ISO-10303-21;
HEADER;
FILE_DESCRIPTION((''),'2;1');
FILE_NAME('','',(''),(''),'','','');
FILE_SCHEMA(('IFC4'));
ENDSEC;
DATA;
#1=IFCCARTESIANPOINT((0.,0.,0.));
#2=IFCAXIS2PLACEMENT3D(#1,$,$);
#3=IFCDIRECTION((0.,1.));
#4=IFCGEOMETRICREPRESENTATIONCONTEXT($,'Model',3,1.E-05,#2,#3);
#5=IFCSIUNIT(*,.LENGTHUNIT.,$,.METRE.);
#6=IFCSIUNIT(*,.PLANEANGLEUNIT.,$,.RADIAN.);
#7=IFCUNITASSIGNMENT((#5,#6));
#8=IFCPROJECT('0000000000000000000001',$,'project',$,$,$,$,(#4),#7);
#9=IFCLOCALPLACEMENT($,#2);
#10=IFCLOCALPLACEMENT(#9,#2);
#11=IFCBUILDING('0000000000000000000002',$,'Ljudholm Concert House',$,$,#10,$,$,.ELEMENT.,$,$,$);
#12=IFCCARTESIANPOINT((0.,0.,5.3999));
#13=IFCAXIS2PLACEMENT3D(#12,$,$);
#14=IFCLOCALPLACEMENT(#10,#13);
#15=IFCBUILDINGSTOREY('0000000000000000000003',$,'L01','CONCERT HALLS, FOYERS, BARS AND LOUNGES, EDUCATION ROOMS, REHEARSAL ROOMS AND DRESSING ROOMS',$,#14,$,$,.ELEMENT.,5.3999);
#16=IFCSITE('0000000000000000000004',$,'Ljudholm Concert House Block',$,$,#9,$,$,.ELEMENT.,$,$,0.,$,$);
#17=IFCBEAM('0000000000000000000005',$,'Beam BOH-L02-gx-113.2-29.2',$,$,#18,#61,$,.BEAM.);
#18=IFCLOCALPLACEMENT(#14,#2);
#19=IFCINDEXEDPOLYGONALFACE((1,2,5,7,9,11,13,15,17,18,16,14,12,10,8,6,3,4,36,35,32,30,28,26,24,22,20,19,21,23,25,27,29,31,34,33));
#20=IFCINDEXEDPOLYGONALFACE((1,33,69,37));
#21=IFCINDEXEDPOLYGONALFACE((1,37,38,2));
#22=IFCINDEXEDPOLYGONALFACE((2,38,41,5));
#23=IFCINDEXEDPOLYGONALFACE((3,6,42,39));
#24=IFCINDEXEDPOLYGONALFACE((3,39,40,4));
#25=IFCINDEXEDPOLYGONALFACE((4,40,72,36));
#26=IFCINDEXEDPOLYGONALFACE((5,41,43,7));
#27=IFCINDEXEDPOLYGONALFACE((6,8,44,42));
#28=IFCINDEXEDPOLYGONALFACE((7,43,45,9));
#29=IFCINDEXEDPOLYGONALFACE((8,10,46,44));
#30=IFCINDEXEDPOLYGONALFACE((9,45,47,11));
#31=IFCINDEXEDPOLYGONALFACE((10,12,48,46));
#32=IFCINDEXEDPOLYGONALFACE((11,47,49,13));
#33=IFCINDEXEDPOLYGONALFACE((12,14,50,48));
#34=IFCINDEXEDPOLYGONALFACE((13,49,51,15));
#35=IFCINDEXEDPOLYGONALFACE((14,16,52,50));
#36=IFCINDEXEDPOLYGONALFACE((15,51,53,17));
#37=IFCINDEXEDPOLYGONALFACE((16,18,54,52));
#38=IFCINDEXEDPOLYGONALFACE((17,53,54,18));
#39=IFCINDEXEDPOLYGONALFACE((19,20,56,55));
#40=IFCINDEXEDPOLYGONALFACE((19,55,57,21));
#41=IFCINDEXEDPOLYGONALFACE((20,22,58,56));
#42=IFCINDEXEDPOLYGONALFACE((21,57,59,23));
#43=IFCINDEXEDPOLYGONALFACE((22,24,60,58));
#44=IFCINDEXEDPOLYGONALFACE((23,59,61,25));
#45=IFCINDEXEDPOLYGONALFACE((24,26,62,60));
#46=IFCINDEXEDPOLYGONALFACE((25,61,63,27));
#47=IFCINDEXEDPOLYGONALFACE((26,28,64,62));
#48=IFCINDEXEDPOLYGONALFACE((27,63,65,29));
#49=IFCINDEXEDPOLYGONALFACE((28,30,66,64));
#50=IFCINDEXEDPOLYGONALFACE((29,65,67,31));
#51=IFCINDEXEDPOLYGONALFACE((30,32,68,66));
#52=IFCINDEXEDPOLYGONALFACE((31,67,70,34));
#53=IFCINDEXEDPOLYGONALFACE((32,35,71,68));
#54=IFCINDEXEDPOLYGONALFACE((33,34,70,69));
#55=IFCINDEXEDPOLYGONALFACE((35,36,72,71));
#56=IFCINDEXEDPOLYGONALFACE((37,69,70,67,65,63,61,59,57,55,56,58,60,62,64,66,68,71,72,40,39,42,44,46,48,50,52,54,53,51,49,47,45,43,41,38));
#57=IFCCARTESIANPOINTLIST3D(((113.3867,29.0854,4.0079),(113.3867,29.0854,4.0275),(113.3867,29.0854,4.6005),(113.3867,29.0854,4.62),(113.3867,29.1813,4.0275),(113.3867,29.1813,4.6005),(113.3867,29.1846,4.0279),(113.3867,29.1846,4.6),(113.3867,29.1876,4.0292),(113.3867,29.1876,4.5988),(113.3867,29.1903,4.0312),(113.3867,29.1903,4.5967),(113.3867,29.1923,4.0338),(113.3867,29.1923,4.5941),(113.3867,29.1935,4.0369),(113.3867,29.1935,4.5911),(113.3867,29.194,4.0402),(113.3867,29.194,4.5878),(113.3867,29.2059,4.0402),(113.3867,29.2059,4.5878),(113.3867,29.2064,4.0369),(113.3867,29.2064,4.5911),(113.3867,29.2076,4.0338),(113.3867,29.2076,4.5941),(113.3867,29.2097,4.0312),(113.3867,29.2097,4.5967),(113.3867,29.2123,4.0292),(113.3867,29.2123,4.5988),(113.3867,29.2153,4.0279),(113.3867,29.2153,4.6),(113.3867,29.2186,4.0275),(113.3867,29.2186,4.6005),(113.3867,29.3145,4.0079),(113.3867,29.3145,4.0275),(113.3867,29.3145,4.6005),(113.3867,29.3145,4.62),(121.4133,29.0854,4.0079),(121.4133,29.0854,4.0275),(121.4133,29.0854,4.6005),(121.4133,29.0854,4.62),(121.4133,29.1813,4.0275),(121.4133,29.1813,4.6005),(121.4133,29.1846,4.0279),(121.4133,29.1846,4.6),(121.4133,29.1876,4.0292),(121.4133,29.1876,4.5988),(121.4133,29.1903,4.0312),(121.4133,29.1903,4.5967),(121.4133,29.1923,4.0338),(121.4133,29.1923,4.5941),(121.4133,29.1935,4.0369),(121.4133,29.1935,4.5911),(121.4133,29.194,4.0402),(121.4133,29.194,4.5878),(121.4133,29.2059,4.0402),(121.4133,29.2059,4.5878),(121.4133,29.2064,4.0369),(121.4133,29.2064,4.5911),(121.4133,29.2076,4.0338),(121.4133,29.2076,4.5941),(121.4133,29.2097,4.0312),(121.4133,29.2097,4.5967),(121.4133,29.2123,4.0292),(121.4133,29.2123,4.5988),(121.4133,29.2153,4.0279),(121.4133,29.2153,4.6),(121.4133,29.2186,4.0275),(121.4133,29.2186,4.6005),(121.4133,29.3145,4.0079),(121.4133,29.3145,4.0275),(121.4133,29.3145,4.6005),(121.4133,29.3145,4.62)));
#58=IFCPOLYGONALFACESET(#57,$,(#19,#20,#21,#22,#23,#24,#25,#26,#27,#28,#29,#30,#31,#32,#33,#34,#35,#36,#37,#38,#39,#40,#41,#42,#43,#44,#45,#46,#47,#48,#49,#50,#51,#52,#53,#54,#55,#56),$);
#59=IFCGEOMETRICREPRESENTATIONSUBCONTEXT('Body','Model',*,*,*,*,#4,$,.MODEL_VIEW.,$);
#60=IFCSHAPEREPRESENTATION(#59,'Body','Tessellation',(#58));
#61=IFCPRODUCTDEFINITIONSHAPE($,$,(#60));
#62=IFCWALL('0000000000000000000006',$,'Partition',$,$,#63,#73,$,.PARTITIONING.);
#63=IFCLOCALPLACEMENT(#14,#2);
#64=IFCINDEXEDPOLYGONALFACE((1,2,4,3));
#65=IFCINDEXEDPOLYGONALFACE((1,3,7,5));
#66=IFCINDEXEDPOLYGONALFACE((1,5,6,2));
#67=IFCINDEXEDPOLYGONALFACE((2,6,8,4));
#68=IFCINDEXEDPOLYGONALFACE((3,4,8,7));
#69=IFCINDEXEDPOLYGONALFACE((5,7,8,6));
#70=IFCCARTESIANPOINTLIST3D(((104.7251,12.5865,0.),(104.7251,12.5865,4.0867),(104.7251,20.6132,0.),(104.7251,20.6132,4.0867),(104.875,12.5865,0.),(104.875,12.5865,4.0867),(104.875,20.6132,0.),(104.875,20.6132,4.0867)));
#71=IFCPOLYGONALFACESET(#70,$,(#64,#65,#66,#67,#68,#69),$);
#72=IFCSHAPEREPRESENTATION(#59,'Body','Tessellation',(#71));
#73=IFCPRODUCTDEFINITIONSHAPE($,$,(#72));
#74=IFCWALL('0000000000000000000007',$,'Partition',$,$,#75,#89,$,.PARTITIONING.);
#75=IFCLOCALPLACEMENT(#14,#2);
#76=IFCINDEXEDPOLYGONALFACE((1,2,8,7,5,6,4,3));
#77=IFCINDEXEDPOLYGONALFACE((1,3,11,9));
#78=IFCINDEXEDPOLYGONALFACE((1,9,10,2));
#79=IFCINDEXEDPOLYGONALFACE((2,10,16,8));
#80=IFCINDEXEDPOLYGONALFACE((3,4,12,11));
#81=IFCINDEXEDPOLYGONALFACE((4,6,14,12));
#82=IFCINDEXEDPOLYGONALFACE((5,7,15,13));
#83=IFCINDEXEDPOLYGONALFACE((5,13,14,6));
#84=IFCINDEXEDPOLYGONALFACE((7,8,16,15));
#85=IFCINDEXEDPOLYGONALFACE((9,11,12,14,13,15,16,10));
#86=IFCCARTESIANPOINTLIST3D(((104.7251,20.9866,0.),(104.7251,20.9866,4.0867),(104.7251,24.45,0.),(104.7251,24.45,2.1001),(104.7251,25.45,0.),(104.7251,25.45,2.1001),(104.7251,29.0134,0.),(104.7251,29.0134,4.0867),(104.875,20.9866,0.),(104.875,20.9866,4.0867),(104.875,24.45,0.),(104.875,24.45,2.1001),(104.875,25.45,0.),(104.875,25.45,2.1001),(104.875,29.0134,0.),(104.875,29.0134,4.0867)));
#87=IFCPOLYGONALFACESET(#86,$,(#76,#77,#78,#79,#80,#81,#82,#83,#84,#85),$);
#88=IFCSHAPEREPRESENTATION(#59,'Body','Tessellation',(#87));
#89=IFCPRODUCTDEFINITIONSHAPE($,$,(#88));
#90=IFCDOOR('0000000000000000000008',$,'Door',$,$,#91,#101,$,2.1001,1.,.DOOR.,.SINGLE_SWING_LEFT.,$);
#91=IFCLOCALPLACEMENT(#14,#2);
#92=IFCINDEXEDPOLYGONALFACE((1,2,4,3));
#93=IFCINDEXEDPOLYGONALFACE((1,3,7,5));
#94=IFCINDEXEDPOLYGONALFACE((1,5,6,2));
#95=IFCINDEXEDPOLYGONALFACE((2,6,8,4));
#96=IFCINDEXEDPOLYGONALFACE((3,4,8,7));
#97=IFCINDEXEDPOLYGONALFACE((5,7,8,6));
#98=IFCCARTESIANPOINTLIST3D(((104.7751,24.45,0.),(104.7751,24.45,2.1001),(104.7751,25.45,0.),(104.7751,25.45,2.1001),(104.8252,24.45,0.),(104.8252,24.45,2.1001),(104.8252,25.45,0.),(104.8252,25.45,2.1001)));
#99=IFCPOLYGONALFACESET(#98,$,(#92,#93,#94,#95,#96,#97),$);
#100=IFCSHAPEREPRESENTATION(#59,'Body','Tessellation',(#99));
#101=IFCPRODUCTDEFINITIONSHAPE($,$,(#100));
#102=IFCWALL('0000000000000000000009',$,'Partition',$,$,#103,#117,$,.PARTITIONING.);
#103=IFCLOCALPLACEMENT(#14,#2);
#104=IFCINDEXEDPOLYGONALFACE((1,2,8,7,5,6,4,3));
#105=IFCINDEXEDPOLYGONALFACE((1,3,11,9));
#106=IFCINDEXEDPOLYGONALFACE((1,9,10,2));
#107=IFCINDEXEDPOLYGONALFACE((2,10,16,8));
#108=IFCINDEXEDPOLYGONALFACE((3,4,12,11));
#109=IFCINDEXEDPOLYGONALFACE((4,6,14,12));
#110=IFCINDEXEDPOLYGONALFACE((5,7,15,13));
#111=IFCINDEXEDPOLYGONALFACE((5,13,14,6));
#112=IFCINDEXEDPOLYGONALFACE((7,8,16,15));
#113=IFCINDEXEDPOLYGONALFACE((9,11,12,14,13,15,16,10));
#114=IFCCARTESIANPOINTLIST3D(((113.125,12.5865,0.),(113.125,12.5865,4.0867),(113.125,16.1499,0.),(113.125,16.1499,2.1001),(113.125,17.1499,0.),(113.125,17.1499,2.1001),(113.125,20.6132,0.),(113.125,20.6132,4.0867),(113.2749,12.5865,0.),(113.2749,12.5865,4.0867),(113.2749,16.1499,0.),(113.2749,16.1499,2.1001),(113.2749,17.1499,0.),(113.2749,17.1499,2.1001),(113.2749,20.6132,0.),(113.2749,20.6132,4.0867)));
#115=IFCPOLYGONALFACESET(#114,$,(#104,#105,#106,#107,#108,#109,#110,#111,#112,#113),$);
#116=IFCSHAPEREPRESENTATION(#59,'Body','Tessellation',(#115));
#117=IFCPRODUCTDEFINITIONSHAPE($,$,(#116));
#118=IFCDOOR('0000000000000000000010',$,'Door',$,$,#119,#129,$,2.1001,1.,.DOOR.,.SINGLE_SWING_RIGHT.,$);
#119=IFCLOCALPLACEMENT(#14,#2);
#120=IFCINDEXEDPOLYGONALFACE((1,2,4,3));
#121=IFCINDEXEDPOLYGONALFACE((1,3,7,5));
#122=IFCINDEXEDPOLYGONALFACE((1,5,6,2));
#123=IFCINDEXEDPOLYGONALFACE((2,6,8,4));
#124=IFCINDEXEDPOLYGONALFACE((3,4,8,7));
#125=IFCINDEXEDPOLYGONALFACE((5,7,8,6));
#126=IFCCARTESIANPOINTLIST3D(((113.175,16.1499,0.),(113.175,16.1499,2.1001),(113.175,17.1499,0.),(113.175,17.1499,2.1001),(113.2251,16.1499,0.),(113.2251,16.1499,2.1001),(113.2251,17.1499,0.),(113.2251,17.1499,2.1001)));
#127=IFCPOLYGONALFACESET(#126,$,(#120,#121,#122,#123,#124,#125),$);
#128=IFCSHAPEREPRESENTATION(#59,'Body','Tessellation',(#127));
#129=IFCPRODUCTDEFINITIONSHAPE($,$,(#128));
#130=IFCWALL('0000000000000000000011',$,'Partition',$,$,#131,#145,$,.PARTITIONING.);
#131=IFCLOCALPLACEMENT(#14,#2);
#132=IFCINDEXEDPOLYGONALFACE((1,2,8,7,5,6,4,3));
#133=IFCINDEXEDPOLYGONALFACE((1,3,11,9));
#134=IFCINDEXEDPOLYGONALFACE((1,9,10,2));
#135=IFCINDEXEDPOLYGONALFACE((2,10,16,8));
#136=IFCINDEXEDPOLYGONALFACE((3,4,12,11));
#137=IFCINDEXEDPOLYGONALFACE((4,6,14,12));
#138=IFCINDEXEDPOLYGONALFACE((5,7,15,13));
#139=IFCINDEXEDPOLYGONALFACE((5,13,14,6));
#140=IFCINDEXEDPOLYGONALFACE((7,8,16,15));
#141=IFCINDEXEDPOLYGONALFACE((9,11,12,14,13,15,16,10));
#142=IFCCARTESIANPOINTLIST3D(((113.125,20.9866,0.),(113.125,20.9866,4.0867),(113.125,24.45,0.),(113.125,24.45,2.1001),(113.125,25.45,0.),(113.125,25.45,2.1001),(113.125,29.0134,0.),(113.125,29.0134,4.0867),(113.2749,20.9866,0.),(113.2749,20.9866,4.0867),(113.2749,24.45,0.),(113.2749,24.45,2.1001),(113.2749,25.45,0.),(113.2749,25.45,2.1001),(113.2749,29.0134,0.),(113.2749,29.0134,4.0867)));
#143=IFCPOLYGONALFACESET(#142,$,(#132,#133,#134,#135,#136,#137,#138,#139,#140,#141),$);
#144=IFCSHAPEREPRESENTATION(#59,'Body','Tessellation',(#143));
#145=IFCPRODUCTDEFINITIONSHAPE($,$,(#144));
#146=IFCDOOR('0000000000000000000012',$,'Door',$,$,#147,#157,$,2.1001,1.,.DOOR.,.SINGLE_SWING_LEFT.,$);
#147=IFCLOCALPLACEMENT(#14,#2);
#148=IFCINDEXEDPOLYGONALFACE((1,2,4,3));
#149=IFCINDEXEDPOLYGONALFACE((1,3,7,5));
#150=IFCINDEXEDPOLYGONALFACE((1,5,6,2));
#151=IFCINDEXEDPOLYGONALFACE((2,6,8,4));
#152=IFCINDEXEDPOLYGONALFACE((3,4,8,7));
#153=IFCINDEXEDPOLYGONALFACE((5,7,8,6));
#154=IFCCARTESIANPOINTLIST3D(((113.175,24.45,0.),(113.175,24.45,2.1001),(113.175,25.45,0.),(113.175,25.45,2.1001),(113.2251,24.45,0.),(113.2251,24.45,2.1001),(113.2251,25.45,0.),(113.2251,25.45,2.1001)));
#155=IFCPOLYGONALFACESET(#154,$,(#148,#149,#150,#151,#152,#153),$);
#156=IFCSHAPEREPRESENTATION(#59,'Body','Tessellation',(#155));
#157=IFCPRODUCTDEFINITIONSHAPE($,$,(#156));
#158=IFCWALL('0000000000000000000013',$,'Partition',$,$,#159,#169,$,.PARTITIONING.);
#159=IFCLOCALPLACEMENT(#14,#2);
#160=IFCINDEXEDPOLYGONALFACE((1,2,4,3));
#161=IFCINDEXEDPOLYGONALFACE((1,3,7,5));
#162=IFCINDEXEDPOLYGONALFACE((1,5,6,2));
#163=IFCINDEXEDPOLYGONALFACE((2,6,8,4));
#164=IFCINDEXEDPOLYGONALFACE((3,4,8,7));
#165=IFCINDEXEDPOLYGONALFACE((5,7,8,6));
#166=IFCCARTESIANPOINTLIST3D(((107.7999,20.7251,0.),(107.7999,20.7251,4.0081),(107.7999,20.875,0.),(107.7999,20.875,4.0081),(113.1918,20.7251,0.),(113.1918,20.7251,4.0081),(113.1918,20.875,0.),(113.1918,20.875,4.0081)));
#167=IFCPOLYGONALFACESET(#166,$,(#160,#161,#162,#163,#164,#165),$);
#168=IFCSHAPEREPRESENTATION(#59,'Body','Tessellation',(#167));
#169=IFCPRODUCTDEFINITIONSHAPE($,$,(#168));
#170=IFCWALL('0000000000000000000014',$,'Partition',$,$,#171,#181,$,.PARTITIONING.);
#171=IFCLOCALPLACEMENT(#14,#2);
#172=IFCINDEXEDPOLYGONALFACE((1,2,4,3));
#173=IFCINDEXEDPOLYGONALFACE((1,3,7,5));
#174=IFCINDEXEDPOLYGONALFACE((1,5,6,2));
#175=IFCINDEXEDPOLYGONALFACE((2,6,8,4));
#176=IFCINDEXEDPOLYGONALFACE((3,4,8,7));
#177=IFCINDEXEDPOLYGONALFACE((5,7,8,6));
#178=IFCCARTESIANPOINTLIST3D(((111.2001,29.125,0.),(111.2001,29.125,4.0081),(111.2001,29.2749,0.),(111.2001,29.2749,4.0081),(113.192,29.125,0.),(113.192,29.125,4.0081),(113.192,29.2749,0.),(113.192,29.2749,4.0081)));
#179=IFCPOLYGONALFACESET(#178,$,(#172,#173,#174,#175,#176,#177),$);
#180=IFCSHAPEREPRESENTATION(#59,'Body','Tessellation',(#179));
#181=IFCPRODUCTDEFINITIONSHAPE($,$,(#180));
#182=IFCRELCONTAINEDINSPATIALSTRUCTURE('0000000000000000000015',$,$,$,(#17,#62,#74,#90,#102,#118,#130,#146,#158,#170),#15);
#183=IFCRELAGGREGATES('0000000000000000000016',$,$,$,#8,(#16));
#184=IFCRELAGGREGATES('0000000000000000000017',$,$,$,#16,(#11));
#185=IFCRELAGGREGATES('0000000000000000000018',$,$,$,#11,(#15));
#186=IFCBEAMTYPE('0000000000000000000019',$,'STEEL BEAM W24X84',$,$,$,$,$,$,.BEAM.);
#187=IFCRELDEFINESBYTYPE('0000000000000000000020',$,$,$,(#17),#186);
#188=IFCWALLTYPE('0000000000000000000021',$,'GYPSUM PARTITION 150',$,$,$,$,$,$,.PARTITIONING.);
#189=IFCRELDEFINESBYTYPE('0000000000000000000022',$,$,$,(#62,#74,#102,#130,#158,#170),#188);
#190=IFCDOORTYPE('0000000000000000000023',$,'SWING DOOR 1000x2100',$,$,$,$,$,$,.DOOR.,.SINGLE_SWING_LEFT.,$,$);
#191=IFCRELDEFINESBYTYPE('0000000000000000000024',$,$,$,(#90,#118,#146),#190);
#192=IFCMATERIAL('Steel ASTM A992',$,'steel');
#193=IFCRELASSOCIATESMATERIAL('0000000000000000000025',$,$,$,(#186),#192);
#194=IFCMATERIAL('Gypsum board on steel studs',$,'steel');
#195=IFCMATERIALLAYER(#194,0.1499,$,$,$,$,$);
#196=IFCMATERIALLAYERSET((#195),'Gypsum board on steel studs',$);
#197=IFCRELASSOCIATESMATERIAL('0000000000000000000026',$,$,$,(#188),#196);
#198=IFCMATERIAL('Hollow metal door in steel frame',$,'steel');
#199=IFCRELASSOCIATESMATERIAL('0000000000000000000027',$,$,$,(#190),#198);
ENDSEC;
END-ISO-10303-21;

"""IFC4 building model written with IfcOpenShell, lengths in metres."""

from ifc_helpers import new_model, si_unit, direction, frame, frame_2d, origin, origin_2d, place, context, subcontext, project, spatial, rectangle, i_section, extrude, material, layer, layer_set, material_profile, profile_set, type_object, element, fill, save


model = new_model("IFC4")

# Units and contexts
model_context = context("Model", 3, precision=1e-05, world=origin(), true_north=direction((0.0, 1.0)))
body_context = subcontext(model_context, "Body", "Model", "MODEL_VIEW")
ifc_project = project(units=[si_unit("LENGTHUNIT", "METRE"), si_unit("PLANEANGLEUNIT", "RADIAN")], contexts=[model_context])

# Site, building, storey
site_placement = place(None, origin())
site = spatial("IfcSite", under=ifc_project, at=site_placement, Name="Ljudholm Concert House Block", CompositionType="ELEMENT", RefElevation=0.0)
building_placement = place(site_placement, origin())
building = spatial("IfcBuilding", under=site, at=building_placement, Name="Ljudholm Concert House", CompositionType="ELEMENT")
storey_placement = place(building_placement, frame((0.0, 0.0, 5.3999)))
storey = spatial("IfcBuildingStorey", under=building, at=storey_placement, Name="L01", Description="CONCERT HALLS, FOYERS, BARS AND LOUNGES, EDUCATION ROOMS, REHEARSAL ROOMS AND DRESSING ROOMS", CompositionType="ELEMENT", Elevation=5.3999)

# Beam
ifc_material_1 = material(Name="Steel ASTM A992", Category="steel")
ifc_material_profile_1 = material_profile(ifc_material_1, i_section(OverallWidth=0.229, OverallDepth=0.6121, WebThickness=0.012, FlangeThickness=0.0195, FilletRadius=0.0127, at=origin_2d()), Name="W24X84")
ifc_profile_set_1 = profile_set([ifc_material_profile_1], Name="Steel ASTM A992")
beam_type_1 = type_object("IfcBeamType", Name="STEEL BEAM W24X84", PredefinedType="BEAM", material=ifc_profile_set_1)
beam_1_placement = place(storey_placement, frame((113.3867, 29.2, 4.314), z_axis=(1.0, 0.0, 0.0), x_axis=(0.0, 1.0, 0.0)))
element("IfcBeam", 1, at=beam_1_placement, inside=storey, type_object=beam_type_1, Name="Beam BOH-L02-gx-113.2-29.2", PredefinedType="BEAM", context=body_context, shape_type="SweptSolid", body=[
    extrude(i_section(OverallWidth=0.229, OverallDepth=0.6121, WebThickness=0.012, FlangeThickness=0.0195, FilletRadius=0.0127, at=origin_2d()), origin(), (0.0, 0.0, 1.0), 8.0266),
])

# Wall
ifc_material_2 = material(Name="Gypsum board on steel studs", Category="steel")
ifc_layer_1 = layer(ifc_material_2, 0.1499)
ifc_layer_set_1 = layer_set([ifc_layer_1], Name="Gypsum board on steel studs")
wall_type_1 = type_object("IfcWallType", Name="GYPSUM PARTITION 150", PredefinedType="PARTITIONING", material=ifc_layer_set_1)
wall_1_placement = place(storey_placement, frame((104.8, 12.5867, 0.0), z_axis=(0.0, 0.0, 1.0), x_axis=(0.0, 1.0, 0.0)))
element("IfcWall", 2, at=wall_1_placement, inside=storey, type_object=wall_type_1, Name="Partition", PredefinedType="PARTITIONING", context=body_context, shape_type="SweptSolid", body=[
    extrude(rectangle(XDim=8.0266, YDim=0.1499, at=frame_2d((4.0132, 0.0))), origin(), (0.0, 0.0, 1.0), 4.0867),
])

# Walls, openings, doors
wall_2_placement = place(storey_placement, frame((104.8, 20.9866, 0.0), z_axis=(0.0, 0.0, 1.0), x_axis=(0.0, 1.0, 0.0)))
wall_2 = element("IfcWall", 3, at=wall_2_placement, inside=storey, type_object=wall_type_1, Name="Partition", PredefinedType="PARTITIONING", context=body_context, shape_type="SweptSolid", body=[
    extrude(rectangle(XDim=8.0269, YDim=0.1499, at=frame_2d((4.0134, 0.0))), origin(), (0.0, 0.0, 1.0), 4.0867),
])
opening_1_placement = place(wall_2_placement, frame((3.4634, 0.0, 0.0)))
opening_1 = element("IfcOpeningElement", 4, at=opening_1_placement, cuts=wall_2, PredefinedType="OPENING", context=body_context, shape_type="SweptSolid", body=[
    extrude(rectangle(XDim=1.0, YDim=2.1001, at=frame_2d((0.5, 1.05))), frame((0.0, 0.085, 0.0), z_axis=(0.0, -1.0, 0.0), x_axis=(1.0, 0.0, 0.0)), (0.0, 0.0, 1.0), 0.1699),
])
ifc_material_3 = material(Name="Hollow metal door in steel frame", Category="steel")
door_type_1 = type_object("IfcDoorType", Name="SWING DOOR 1000x2100", OperationType="SINGLE_SWING_LEFT", PredefinedType="DOOR", material=ifc_material_3)
door_1_placement = place(opening_1_placement, origin())
door_1 = element("IfcDoor", 5, at=door_1_placement, inside=storey, type_object=door_type_1, Name="Door", OperationType="SINGLE_SWING_LEFT", OverallHeight=2.1001, OverallWidth=1.0, PredefinedType="DOOR", context=body_context, shape_type="SweptSolid", body=[
    extrude(rectangle(XDim=1.0, YDim=2.1001, at=frame_2d((0.5, 1.05))), frame((0.0, 0.0249, 0.0), z_axis=(0.0, -1.0, 0.0), x_axis=(1.0, 0.0, 0.0)), (0.0, 0.0, 1.0), 0.05),
])
fill(opening_1, door_1)
wall_3_placement = place(storey_placement, frame((113.2, 12.5867, 0.0), z_axis=(0.0, 0.0, 1.0), x_axis=(0.0, 1.0, 0.0)))
wall_3 = element("IfcWall", 6, at=wall_3_placement, inside=storey, type_object=wall_type_1, Name="Partition", PredefinedType="PARTITIONING", context=body_context, shape_type="SweptSolid", body=[
    extrude(rectangle(XDim=8.0266, YDim=0.1499, at=frame_2d((4.0132, 0.0))), origin(), (0.0, 0.0, 1.0), 4.0867),
])
opening_2_placement = place(wall_3_placement, frame((3.5632, 0.0, 0.0)))
opening_2 = element("IfcOpeningElement", 7, at=opening_2_placement, cuts=wall_3, PredefinedType="OPENING", context=body_context, shape_type="SweptSolid", body=[
    extrude(rectangle(XDim=1.0, YDim=2.1001, at=frame_2d((0.5, 1.05))), frame((0.0, 0.085, 0.0), z_axis=(0.0, -1.0, 0.0), x_axis=(1.0, 0.0, 0.0)), (0.0, 0.0, 1.0), 0.1699),
])
door_2_placement = place(opening_2_placement, origin())
door_2 = element("IfcDoor", 8, at=door_2_placement, inside=storey, type_object=door_type_1, Name="Door", OperationType="SINGLE_SWING_RIGHT", OverallHeight=2.1001, OverallWidth=1.0, PredefinedType="DOOR", context=body_context, shape_type="SweptSolid", body=[
    extrude(rectangle(XDim=1.0, YDim=2.1001, at=frame_2d((0.5, 1.05))), frame((0.0, 0.0249, 0.0), z_axis=(0.0, -1.0, 0.0), x_axis=(1.0, 0.0, 0.0)), (0.0, 0.0, 1.0), 0.05),
])
fill(opening_2, door_2)
wall_4_placement = place(storey_placement, frame((113.2, 20.9866, 0.0), z_axis=(0.0, 0.0, 1.0), x_axis=(0.0, 1.0, 0.0)))
wall_4 = element("IfcWall", 9, at=wall_4_placement, inside=storey, type_object=wall_type_1, Name="Partition", PredefinedType="PARTITIONING", context=body_context, shape_type="SweptSolid", body=[
    extrude(rectangle(XDim=8.0269, YDim=0.1499, at=frame_2d((4.0134, 0.0))), origin(), (0.0, 0.0, 1.0), 4.0867),
])
opening_3_placement = place(wall_4_placement, frame((3.4634, 0.0, 0.0)))
opening_3 = element("IfcOpeningElement", 10, at=opening_3_placement, cuts=wall_4, PredefinedType="OPENING", context=body_context, shape_type="SweptSolid", body=[
    extrude(rectangle(XDim=1.0, YDim=2.1001, at=frame_2d((0.5, 1.05))), frame((0.0, 0.085, 0.0), z_axis=(0.0, -1.0, 0.0), x_axis=(1.0, 0.0, 0.0)), (0.0, 0.0, 1.0), 0.1699),
])
door_3_placement = place(opening_3_placement, origin())
door_3 = element("IfcDoor", 11, at=door_3_placement, inside=storey, type_object=door_type_1, Name="Door", OperationType="SINGLE_SWING_LEFT", OverallHeight=2.1001, OverallWidth=1.0, PredefinedType="DOOR", context=body_context, shape_type="SweptSolid", body=[
    extrude(rectangle(XDim=1.0, YDim=2.1001, at=frame_2d((0.5, 1.05))), frame((0.0, 0.0249, 0.0), z_axis=(0.0, -1.0, 0.0), x_axis=(1.0, 0.0, 0.0)), (0.0, 0.0, 1.0), 0.05),
])
fill(opening_3, door_3)

# Walls
wall_5_placement = place(storey_placement, frame((107.8, 20.8, 0.0), z_axis=(0.0, 0.0, 1.0), x_axis=(1.0, 0.0, 0.0)))
element("IfcWall", 12, at=wall_5_placement, inside=storey, type_object=wall_type_1, Name="Partition", PredefinedType="PARTITIONING", context=body_context, shape_type="SweptSolid", body=[
    extrude(rectangle(XDim=5.3918, YDim=0.1499, at=frame_2d((2.6958, 0.0))), origin(), (0.0, 0.0, 1.0), 4.0081),
])
wall_6_placement = place(storey_placement, frame((111.2, 29.2, 0.0), z_axis=(0.0, 0.0, 1.0), x_axis=(1.0, 0.0, 0.0)))
element("IfcWall", 13, at=wall_6_placement, inside=storey, type_object=wall_type_1, Name="Partition", PredefinedType="PARTITIONING", context=body_context, shape_type="SweptSolid", body=[
    extrude(rectangle(XDim=1.9919, YDim=0.1499, at=frame_2d((0.9961, 0.0))), origin(), (0.0, 0.0, 1.0), 4.0081),
])

save(model, "model.ifc")
